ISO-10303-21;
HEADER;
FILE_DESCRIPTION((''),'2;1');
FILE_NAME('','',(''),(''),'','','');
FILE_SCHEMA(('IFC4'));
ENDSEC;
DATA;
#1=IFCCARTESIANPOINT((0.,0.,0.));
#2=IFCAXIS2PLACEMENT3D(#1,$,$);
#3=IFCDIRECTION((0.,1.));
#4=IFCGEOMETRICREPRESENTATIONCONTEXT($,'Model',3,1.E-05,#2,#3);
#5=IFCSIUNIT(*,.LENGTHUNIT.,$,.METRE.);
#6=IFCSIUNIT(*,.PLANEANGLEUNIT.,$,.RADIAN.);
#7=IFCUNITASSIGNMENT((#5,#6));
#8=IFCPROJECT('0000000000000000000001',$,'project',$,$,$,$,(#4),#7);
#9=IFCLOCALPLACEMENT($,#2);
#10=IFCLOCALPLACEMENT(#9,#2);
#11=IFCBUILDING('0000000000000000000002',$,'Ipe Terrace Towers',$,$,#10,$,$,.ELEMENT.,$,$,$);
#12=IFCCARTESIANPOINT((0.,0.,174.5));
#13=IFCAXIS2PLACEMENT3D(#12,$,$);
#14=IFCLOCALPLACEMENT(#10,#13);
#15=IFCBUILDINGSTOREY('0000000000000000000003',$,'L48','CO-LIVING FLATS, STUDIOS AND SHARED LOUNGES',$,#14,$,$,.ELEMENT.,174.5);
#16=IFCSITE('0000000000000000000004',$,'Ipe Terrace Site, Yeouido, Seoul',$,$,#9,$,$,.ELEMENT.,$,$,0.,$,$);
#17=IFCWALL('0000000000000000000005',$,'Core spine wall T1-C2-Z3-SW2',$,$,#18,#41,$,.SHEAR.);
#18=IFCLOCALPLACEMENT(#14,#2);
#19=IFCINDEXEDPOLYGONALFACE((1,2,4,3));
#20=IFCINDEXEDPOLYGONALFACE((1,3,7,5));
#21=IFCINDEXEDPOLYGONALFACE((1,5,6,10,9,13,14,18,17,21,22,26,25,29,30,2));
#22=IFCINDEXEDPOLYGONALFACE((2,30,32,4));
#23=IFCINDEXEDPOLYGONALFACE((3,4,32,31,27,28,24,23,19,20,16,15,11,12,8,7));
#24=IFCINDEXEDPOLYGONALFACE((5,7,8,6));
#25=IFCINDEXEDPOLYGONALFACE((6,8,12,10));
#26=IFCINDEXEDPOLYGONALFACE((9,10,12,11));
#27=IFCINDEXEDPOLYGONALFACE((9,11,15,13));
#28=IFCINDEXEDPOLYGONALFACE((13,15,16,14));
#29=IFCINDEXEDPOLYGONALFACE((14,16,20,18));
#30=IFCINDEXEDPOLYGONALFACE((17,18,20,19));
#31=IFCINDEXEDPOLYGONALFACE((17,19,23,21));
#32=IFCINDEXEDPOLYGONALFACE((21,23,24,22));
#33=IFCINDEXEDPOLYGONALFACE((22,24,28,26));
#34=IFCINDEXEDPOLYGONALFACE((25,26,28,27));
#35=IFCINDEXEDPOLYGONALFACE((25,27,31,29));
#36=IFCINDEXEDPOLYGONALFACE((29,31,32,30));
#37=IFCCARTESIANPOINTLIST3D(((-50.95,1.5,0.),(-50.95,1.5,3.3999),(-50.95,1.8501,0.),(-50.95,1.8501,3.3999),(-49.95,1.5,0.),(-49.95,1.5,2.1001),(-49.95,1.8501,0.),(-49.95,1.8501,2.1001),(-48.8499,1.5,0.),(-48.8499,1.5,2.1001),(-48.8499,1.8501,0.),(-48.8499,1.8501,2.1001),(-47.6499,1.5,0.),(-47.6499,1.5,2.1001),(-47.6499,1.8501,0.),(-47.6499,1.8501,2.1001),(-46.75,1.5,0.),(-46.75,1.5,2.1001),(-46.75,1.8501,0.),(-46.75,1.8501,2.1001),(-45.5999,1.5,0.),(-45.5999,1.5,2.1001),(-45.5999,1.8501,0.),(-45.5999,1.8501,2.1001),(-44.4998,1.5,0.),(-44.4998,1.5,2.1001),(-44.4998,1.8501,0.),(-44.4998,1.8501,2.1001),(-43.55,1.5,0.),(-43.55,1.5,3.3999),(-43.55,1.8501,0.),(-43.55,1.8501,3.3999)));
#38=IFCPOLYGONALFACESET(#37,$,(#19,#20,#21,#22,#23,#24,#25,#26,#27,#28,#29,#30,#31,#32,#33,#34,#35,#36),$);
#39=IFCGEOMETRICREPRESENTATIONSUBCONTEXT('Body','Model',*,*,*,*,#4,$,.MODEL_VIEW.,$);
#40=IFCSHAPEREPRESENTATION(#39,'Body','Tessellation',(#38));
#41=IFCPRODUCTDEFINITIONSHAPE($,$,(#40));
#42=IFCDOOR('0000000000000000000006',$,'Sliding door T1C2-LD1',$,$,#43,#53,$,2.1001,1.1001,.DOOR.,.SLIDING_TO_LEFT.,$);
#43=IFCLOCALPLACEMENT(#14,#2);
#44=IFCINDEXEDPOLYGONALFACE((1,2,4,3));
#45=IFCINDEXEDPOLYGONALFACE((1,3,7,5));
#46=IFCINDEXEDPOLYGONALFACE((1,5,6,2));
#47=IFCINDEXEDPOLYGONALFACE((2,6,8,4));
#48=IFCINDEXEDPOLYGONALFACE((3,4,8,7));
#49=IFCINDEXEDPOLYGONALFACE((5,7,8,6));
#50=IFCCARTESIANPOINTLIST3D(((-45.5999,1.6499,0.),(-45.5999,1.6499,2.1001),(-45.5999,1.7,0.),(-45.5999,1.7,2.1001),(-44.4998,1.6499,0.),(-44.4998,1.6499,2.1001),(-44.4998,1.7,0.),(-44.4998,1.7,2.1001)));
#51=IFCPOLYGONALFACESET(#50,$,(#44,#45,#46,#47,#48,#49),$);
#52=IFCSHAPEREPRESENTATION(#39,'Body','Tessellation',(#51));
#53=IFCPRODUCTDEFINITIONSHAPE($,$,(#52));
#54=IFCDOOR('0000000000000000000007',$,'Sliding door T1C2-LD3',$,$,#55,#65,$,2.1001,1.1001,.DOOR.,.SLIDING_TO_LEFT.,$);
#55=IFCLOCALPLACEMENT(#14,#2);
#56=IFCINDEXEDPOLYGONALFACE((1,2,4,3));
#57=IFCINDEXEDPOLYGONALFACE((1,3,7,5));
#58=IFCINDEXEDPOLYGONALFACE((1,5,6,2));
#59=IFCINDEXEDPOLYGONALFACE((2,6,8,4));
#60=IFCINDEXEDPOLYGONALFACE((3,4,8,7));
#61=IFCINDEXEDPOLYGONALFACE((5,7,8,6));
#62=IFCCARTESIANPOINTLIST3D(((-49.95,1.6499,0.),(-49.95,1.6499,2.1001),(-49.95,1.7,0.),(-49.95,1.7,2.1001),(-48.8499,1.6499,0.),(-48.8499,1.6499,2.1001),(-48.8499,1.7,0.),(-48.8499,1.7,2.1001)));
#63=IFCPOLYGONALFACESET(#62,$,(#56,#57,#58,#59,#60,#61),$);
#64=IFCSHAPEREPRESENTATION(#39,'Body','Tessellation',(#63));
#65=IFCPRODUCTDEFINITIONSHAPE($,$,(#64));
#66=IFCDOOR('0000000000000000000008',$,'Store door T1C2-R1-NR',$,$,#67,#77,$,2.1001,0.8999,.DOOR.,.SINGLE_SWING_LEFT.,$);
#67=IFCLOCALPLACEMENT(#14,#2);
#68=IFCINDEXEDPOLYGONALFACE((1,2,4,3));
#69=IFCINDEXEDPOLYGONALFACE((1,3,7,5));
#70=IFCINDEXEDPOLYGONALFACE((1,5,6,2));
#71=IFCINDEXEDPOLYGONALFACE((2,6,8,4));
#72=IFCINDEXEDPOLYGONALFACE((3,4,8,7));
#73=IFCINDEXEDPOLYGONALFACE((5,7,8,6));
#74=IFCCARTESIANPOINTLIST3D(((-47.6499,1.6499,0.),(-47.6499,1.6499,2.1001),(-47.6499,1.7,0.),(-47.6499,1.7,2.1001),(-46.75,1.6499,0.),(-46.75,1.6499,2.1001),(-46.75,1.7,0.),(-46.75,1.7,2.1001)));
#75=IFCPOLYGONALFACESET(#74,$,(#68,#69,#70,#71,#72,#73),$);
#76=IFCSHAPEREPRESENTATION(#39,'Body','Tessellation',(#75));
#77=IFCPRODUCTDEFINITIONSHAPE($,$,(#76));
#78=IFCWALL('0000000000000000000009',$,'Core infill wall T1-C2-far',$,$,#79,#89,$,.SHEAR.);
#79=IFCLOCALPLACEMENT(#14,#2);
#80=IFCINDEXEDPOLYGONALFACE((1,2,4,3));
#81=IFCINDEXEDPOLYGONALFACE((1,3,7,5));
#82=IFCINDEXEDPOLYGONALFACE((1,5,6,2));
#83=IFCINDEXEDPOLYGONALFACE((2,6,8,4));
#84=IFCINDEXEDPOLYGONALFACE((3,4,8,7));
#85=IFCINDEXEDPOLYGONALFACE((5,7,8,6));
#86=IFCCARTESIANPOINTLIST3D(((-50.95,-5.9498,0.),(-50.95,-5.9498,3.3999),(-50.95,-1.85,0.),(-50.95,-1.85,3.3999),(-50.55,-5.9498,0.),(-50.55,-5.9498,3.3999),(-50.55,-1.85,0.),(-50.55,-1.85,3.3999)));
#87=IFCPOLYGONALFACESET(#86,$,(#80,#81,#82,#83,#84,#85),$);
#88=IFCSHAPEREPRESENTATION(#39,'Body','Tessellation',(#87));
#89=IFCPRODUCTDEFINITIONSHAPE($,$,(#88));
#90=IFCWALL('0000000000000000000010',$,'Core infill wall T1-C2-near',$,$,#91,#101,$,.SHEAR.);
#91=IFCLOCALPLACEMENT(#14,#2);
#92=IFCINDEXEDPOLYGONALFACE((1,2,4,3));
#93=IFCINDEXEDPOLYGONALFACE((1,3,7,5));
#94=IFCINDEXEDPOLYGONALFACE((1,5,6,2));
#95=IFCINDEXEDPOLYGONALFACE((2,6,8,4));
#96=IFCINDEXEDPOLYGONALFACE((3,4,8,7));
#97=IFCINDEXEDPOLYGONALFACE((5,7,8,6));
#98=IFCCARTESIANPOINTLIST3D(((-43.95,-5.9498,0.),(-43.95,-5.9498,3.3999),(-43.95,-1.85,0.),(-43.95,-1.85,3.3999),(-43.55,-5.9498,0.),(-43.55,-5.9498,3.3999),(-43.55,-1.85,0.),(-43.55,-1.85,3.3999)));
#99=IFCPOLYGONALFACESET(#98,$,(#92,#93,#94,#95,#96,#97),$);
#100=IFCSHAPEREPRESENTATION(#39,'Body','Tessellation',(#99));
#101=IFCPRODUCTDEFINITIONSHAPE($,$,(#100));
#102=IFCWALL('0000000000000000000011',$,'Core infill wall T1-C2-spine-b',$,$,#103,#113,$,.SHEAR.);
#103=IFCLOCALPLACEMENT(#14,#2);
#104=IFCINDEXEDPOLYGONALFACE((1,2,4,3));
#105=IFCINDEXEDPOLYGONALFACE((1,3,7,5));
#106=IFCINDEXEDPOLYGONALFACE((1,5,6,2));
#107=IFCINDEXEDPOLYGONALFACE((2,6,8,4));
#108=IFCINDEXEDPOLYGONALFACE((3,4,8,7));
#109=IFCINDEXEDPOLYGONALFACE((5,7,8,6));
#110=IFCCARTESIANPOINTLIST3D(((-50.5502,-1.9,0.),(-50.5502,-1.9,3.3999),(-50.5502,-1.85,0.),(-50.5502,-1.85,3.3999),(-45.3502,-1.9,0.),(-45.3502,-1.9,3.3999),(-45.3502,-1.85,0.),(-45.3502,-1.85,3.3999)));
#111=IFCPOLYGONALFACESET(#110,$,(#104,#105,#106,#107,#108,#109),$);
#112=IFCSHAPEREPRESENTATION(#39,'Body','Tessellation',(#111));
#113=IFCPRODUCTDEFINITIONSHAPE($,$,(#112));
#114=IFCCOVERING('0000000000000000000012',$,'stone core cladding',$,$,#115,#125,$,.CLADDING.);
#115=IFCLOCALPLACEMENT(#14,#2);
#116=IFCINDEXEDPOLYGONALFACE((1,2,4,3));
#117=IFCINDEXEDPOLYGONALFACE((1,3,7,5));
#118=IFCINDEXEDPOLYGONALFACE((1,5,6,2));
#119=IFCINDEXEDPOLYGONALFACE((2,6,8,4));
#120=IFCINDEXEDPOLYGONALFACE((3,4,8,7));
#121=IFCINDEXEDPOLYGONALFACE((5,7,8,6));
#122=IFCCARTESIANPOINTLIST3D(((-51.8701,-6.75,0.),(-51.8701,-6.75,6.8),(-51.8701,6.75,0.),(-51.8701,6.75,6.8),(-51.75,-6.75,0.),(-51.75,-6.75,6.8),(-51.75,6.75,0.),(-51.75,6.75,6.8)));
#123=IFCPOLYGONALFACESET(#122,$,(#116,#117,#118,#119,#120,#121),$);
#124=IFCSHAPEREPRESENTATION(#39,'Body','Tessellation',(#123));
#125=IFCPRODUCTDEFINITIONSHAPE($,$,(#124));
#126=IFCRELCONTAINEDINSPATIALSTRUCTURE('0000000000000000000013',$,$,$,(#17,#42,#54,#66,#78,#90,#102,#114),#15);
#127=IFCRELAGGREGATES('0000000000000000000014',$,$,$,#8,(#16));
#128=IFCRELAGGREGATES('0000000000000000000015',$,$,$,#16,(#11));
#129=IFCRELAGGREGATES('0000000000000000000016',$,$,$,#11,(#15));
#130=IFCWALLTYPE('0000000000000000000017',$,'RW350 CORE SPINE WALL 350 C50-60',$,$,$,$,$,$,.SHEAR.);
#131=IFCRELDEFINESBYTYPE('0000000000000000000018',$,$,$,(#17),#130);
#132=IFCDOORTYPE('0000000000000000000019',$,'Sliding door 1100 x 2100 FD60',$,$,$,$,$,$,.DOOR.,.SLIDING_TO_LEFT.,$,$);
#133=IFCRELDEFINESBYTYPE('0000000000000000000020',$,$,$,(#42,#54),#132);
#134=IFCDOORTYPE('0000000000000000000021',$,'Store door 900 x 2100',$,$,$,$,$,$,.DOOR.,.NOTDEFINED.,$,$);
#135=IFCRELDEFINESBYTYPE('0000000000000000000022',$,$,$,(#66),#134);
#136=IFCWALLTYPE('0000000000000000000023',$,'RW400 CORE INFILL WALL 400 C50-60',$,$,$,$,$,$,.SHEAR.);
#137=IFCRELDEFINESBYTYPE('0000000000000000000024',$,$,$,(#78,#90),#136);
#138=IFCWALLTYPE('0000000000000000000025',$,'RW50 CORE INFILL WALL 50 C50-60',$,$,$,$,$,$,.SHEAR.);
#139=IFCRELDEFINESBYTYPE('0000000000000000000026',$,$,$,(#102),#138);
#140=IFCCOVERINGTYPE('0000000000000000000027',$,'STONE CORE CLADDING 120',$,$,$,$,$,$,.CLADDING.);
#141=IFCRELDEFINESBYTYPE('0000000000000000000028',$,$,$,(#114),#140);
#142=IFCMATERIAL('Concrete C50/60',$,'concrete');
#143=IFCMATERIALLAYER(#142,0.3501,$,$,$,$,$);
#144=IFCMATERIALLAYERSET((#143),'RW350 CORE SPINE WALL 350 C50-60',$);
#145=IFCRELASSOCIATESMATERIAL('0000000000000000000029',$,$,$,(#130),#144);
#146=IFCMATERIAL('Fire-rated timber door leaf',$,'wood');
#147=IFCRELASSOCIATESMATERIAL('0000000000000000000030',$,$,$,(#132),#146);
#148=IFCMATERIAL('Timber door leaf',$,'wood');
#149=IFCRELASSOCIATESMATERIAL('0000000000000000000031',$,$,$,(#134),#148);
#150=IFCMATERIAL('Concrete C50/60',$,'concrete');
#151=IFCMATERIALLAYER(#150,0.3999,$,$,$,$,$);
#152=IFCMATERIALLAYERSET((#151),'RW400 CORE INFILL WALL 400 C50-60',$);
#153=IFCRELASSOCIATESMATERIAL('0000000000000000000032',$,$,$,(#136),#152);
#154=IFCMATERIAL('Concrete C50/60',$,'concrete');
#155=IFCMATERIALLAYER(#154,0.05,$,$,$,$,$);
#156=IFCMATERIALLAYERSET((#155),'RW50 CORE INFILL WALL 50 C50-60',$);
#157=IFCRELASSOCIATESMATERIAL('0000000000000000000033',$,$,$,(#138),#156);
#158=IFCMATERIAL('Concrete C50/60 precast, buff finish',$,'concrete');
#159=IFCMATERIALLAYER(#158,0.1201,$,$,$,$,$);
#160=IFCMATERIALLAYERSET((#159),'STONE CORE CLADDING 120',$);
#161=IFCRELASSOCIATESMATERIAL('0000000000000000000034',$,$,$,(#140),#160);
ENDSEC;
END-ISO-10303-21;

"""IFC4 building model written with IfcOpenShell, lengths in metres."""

from ifc_helpers import new_model, si_unit, direction, frame, frame_2d, origin, origin_2d, place, context, subcontext, project, spatial, rectangle, extrude, material, layer, layer_set, type_object, element, fill, save


model = new_model("IFC4")

# Units and contexts
model_context = context("Model", 3, precision=1e-05, world=origin(), true_north=direction((0.0, 1.0)))
body_context = subcontext(model_context, "Body", "Model", "MODEL_VIEW")
ifc_project = project(units=[si_unit("LENGTHUNIT", "METRE"), si_unit("PLANEANGLEUNIT", "RADIAN")], contexts=[model_context])

# Site, building, storey
site_placement = place(None, origin())
site = spatial("IfcSite", under=ifc_project, at=site_placement, Name="Ipe Terrace Site, Yeouido, Seoul", CompositionType="ELEMENT", RefElevation=0.0)
building_placement = place(site_placement, origin())
building = spatial("IfcBuilding", under=site, at=building_placement, Name="Ipe Terrace Towers", CompositionType="ELEMENT")
storey_placement = place(building_placement, frame((0.0, 0.0, 174.5)))
storey = spatial("IfcBuildingStorey", under=building, at=storey_placement, Name="L48", Description="CO-LIVING FLATS, STUDIOS AND SHARED LOUNGES", CompositionType="ELEMENT", Elevation=174.5)

# Shared definitions
ifc_material_1 = material(Name="Concrete C50/60", Category="concrete")
ifc_layer_1 = layer(ifc_material_1, 0.3501)
ifc_layer_set_1 = layer_set([ifc_layer_1], Name="RW350 CORE SPINE WALL 350 C50-60")
wall_type_1 = type_object("IfcWallType", Name="RW350 CORE SPINE WALL 350 C50-60", PredefinedType="SHEAR", material=ifc_layer_set_1)

# Wall, openings, doors
wall_1_placement = place(storey_placement, frame((-50.95, 1.675, 0.0), z_axis=(0.0, 0.0, 1.0), x_axis=(1.0, 0.0, 0.0)))
wall_1 = element("IfcWall", 1, at=wall_1_placement, inside=storey, type_object=wall_type_1, Name="Core spine wall T1-C2-Z3-SW2", PredefinedType="SHEAR", context=body_context, shape_type="SweptSolid", body=[
    extrude(rectangle(XDim=7.3999, YDim=0.3501, at=frame_2d((3.7, 0.0))), origin(), (0.0, 0.0, 1.0), 3.3999),
])
opening_1_placement = place(wall_1_placement, frame((5.3501, 0.0, 0.0)))
opening_1 = element("IfcOpeningElement", 2, at=opening_1_placement, cuts=wall_1, PredefinedType="OPENING", context=body_context, shape_type="SweptSolid", body=[
    extrude(rectangle(XDim=1.1001, YDim=2.1001, at=frame_2d((0.55, 1.05))), frame((0.0, 0.1851, 0.0), z_axis=(0.0, -1.0, 0.0), x_axis=(1.0, 0.0, 0.0)), (0.0, 0.0, 1.0), 0.3701),
])
opening_2_placement = place(wall_1_placement, frame((1.0, 0.0, 0.0)))
opening_2 = element("IfcOpeningElement", 3, at=opening_2_placement, cuts=wall_1, PredefinedType="OPENING", context=body_context, shape_type="SweptSolid", body=[
    extrude(rectangle(XDim=1.1001, YDim=2.1001, at=frame_2d((0.55, 1.05))), frame((0.0, 0.1851, 0.0), z_axis=(0.0, -1.0, 0.0), x_axis=(1.0, 0.0, 0.0)), (0.0, 0.0, 1.0), 0.3701),
])
opening_3_placement = place(wall_1_placement, frame((3.3, 0.0, 0.0)))
opening_3 = element("IfcOpeningElement", 4, at=opening_3_placement, cuts=wall_1, PredefinedType="OPENING", context=body_context, shape_type="SweptSolid", body=[
    extrude(rectangle(XDim=0.8999, YDim=2.1001, at=frame_2d((0.45, 1.05))), frame((0.0, 0.1851, 0.0), z_axis=(0.0, -1.0, 0.0), x_axis=(1.0, 0.0, 0.0)), (0.0, 0.0, 1.0), 0.3701),
])
ifc_material_2 = material(Name="Fire-rated timber door leaf", Category="wood")
door_type_1 = type_object("IfcDoorType", Name="Sliding door 1100 x 2100 FD60", OperationType="SLIDING_TO_LEFT", PredefinedType="DOOR", material=ifc_material_2)
door_1_placement = place(opening_1_placement, origin())
door_1 = element("IfcDoor", 5, at=door_1_placement, inside=storey, type_object=door_type_1, Name="Sliding door T1C2-LD1", OperationType="SLIDING_TO_LEFT", OverallHeight=2.1001, OverallWidth=1.1001, PredefinedType="DOOR", context=body_context, shape_type="SweptSolid", body=[
    extrude(rectangle(XDim=1.1001, YDim=2.1001, at=frame_2d((0.55, 1.05))), frame((0.0, 0.0249, 0.0), z_axis=(0.0, -1.0, 0.0), x_axis=(1.0, 0.0, 0.0)), (0.0, 0.0, 1.0), 0.05),
])
fill(opening_1, door_1)
door_2_placement = place(opening_2_placement, origin())
door_2 = element("IfcDoor", 6, at=door_2_placement, inside=storey, type_object=door_type_1, Name="Sliding door T1C2-LD3", OperationType="SLIDING_TO_LEFT", OverallHeight=2.1001, OverallWidth=1.1001, PredefinedType="DOOR", context=body_context, shape_type="SweptSolid", body=[
    extrude(rectangle(XDim=1.1001, YDim=2.1001, at=frame_2d((0.55, 1.05))), frame((0.0, 0.0249, 0.0), z_axis=(0.0, -1.0, 0.0), x_axis=(1.0, 0.0, 0.0)), (0.0, 0.0, 1.0), 0.05),
])
fill(opening_2, door_2)
ifc_material_3 = material(Name="Timber door leaf", Category="wood")
door_type_2 = type_object("IfcDoorType", Name="Store door 900 x 2100", OperationType="NOTDEFINED", PredefinedType="DOOR", material=ifc_material_3)
door_3_placement = place(opening_3_placement, origin())
door_3 = element("IfcDoor", 7, at=door_3_placement, inside=storey, type_object=door_type_2, Name="Store door T1C2-R1-NR", OperationType="SINGLE_SWING_LEFT", OverallHeight=2.1001, OverallWidth=0.8999, PredefinedType="DOOR", context=body_context, shape_type="SweptSolid", body=[
    extrude(rectangle(XDim=0.8999, YDim=2.1001, at=frame_2d((0.45, 1.05))), frame((0.0, 0.0249, 0.0), z_axis=(0.0, -1.0, 0.0), x_axis=(1.0, 0.0, 0.0)), (0.0, 0.0, 1.0), 0.05),
])
fill(opening_3, door_3)

# Walls
ifc_material_4 = material(Name="Concrete C50/60", Category="concrete")
ifc_layer_2 = layer(ifc_material_4, 0.3999)
ifc_layer_set_2 = layer_set([ifc_layer_2], Name="RW400 CORE INFILL WALL 400 C50-60")
wall_type_2 = type_object("IfcWallType", Name="RW400 CORE INFILL WALL 400 C50-60", PredefinedType="SHEAR", material=ifc_layer_set_2)
for number, where, z_axis, x_axis, name in (
    (8, (-50.75, -1.8501, 0.0), (0.0, 0.0, 1.0), (0.0, -1.0, 0.0), "Core infill wall T1-C2-far"),
    (9, (-43.75, -1.8501, 0.0), (0.0, 0.0, 1.0), (0.0, -1.0, 0.0), "Core infill wall T1-C2-near"),
):
    element("IfcWall", number, at=place(storey_placement, frame(where, z_axis=z_axis, x_axis=x_axis)), inside=storey, type_object=wall_type_2, Name=name, PredefinedType="SHEAR", context=body_context, shape_type="SweptSolid", body=[
        extrude(rectangle(XDim=4.0999, YDim=0.3999, at=frame_2d((2.0498, 0.0))), origin(), (0.0, 0.0, 1.0), 3.3999),
    ])
ifc_material_5 = material(Name="Concrete C50/60", Category="concrete")
ifc_layer_3 = layer(ifc_material_5, 0.05)
ifc_layer_set_3 = layer_set([ifc_layer_3], Name="RW50 CORE INFILL WALL 50 C50-60")
wall_type_3 = type_object("IfcWallType", Name="RW50 CORE INFILL WALL 50 C50-60", PredefinedType="SHEAR", material=ifc_layer_set_3)
wall_2_placement = place(storey_placement, frame((-45.3501, -1.875, 0.0), z_axis=(0.0, 0.0, 1.0), x_axis=(-1.0, 0.0, 0.0)))
element("IfcWall", 10, at=wall_2_placement, inside=storey, type_object=wall_type_3, Name="Core infill wall T1-C2-spine-b", PredefinedType="SHEAR", context=body_context, shape_type="SweptSolid", body=[
    extrude(rectangle(XDim=5.2, YDim=0.05, at=frame_2d((2.6001, 0.0))), origin(), (0.0, 0.0, 1.0), 3.3999),
])

# Covering
ifc_material_6 = material(Name="Concrete C50/60 precast, buff finish", Category="concrete")
ifc_layer_4 = layer(ifc_material_6, 0.1201)
ifc_layer_set_4 = layer_set([ifc_layer_4], Name="STONE CORE CLADDING 120")
covering_type = type_object("IfcCoveringType", Name="STONE CORE CLADDING 120", PredefinedType="CLADDING", material=ifc_layer_set_4)
covering_placement = place(storey_placement, frame((-51.8101, 0.0, 0.0), z_axis=(0.0, 0.0, 1.0), x_axis=(0.0, -1.0, 0.0)))
element("IfcCovering", 11, at=covering_placement, inside=storey, type_object=covering_type, Name="stone core cladding", PredefinedType="CLADDING", context=body_context, shape_type="SweptSolid", body=[
    extrude(rectangle(XDim=13.5, YDim=0.1201, at=origin_2d()), origin(), (0.0, 0.0, 1.0), 6.8),
])

save(model, "model.ifc")
